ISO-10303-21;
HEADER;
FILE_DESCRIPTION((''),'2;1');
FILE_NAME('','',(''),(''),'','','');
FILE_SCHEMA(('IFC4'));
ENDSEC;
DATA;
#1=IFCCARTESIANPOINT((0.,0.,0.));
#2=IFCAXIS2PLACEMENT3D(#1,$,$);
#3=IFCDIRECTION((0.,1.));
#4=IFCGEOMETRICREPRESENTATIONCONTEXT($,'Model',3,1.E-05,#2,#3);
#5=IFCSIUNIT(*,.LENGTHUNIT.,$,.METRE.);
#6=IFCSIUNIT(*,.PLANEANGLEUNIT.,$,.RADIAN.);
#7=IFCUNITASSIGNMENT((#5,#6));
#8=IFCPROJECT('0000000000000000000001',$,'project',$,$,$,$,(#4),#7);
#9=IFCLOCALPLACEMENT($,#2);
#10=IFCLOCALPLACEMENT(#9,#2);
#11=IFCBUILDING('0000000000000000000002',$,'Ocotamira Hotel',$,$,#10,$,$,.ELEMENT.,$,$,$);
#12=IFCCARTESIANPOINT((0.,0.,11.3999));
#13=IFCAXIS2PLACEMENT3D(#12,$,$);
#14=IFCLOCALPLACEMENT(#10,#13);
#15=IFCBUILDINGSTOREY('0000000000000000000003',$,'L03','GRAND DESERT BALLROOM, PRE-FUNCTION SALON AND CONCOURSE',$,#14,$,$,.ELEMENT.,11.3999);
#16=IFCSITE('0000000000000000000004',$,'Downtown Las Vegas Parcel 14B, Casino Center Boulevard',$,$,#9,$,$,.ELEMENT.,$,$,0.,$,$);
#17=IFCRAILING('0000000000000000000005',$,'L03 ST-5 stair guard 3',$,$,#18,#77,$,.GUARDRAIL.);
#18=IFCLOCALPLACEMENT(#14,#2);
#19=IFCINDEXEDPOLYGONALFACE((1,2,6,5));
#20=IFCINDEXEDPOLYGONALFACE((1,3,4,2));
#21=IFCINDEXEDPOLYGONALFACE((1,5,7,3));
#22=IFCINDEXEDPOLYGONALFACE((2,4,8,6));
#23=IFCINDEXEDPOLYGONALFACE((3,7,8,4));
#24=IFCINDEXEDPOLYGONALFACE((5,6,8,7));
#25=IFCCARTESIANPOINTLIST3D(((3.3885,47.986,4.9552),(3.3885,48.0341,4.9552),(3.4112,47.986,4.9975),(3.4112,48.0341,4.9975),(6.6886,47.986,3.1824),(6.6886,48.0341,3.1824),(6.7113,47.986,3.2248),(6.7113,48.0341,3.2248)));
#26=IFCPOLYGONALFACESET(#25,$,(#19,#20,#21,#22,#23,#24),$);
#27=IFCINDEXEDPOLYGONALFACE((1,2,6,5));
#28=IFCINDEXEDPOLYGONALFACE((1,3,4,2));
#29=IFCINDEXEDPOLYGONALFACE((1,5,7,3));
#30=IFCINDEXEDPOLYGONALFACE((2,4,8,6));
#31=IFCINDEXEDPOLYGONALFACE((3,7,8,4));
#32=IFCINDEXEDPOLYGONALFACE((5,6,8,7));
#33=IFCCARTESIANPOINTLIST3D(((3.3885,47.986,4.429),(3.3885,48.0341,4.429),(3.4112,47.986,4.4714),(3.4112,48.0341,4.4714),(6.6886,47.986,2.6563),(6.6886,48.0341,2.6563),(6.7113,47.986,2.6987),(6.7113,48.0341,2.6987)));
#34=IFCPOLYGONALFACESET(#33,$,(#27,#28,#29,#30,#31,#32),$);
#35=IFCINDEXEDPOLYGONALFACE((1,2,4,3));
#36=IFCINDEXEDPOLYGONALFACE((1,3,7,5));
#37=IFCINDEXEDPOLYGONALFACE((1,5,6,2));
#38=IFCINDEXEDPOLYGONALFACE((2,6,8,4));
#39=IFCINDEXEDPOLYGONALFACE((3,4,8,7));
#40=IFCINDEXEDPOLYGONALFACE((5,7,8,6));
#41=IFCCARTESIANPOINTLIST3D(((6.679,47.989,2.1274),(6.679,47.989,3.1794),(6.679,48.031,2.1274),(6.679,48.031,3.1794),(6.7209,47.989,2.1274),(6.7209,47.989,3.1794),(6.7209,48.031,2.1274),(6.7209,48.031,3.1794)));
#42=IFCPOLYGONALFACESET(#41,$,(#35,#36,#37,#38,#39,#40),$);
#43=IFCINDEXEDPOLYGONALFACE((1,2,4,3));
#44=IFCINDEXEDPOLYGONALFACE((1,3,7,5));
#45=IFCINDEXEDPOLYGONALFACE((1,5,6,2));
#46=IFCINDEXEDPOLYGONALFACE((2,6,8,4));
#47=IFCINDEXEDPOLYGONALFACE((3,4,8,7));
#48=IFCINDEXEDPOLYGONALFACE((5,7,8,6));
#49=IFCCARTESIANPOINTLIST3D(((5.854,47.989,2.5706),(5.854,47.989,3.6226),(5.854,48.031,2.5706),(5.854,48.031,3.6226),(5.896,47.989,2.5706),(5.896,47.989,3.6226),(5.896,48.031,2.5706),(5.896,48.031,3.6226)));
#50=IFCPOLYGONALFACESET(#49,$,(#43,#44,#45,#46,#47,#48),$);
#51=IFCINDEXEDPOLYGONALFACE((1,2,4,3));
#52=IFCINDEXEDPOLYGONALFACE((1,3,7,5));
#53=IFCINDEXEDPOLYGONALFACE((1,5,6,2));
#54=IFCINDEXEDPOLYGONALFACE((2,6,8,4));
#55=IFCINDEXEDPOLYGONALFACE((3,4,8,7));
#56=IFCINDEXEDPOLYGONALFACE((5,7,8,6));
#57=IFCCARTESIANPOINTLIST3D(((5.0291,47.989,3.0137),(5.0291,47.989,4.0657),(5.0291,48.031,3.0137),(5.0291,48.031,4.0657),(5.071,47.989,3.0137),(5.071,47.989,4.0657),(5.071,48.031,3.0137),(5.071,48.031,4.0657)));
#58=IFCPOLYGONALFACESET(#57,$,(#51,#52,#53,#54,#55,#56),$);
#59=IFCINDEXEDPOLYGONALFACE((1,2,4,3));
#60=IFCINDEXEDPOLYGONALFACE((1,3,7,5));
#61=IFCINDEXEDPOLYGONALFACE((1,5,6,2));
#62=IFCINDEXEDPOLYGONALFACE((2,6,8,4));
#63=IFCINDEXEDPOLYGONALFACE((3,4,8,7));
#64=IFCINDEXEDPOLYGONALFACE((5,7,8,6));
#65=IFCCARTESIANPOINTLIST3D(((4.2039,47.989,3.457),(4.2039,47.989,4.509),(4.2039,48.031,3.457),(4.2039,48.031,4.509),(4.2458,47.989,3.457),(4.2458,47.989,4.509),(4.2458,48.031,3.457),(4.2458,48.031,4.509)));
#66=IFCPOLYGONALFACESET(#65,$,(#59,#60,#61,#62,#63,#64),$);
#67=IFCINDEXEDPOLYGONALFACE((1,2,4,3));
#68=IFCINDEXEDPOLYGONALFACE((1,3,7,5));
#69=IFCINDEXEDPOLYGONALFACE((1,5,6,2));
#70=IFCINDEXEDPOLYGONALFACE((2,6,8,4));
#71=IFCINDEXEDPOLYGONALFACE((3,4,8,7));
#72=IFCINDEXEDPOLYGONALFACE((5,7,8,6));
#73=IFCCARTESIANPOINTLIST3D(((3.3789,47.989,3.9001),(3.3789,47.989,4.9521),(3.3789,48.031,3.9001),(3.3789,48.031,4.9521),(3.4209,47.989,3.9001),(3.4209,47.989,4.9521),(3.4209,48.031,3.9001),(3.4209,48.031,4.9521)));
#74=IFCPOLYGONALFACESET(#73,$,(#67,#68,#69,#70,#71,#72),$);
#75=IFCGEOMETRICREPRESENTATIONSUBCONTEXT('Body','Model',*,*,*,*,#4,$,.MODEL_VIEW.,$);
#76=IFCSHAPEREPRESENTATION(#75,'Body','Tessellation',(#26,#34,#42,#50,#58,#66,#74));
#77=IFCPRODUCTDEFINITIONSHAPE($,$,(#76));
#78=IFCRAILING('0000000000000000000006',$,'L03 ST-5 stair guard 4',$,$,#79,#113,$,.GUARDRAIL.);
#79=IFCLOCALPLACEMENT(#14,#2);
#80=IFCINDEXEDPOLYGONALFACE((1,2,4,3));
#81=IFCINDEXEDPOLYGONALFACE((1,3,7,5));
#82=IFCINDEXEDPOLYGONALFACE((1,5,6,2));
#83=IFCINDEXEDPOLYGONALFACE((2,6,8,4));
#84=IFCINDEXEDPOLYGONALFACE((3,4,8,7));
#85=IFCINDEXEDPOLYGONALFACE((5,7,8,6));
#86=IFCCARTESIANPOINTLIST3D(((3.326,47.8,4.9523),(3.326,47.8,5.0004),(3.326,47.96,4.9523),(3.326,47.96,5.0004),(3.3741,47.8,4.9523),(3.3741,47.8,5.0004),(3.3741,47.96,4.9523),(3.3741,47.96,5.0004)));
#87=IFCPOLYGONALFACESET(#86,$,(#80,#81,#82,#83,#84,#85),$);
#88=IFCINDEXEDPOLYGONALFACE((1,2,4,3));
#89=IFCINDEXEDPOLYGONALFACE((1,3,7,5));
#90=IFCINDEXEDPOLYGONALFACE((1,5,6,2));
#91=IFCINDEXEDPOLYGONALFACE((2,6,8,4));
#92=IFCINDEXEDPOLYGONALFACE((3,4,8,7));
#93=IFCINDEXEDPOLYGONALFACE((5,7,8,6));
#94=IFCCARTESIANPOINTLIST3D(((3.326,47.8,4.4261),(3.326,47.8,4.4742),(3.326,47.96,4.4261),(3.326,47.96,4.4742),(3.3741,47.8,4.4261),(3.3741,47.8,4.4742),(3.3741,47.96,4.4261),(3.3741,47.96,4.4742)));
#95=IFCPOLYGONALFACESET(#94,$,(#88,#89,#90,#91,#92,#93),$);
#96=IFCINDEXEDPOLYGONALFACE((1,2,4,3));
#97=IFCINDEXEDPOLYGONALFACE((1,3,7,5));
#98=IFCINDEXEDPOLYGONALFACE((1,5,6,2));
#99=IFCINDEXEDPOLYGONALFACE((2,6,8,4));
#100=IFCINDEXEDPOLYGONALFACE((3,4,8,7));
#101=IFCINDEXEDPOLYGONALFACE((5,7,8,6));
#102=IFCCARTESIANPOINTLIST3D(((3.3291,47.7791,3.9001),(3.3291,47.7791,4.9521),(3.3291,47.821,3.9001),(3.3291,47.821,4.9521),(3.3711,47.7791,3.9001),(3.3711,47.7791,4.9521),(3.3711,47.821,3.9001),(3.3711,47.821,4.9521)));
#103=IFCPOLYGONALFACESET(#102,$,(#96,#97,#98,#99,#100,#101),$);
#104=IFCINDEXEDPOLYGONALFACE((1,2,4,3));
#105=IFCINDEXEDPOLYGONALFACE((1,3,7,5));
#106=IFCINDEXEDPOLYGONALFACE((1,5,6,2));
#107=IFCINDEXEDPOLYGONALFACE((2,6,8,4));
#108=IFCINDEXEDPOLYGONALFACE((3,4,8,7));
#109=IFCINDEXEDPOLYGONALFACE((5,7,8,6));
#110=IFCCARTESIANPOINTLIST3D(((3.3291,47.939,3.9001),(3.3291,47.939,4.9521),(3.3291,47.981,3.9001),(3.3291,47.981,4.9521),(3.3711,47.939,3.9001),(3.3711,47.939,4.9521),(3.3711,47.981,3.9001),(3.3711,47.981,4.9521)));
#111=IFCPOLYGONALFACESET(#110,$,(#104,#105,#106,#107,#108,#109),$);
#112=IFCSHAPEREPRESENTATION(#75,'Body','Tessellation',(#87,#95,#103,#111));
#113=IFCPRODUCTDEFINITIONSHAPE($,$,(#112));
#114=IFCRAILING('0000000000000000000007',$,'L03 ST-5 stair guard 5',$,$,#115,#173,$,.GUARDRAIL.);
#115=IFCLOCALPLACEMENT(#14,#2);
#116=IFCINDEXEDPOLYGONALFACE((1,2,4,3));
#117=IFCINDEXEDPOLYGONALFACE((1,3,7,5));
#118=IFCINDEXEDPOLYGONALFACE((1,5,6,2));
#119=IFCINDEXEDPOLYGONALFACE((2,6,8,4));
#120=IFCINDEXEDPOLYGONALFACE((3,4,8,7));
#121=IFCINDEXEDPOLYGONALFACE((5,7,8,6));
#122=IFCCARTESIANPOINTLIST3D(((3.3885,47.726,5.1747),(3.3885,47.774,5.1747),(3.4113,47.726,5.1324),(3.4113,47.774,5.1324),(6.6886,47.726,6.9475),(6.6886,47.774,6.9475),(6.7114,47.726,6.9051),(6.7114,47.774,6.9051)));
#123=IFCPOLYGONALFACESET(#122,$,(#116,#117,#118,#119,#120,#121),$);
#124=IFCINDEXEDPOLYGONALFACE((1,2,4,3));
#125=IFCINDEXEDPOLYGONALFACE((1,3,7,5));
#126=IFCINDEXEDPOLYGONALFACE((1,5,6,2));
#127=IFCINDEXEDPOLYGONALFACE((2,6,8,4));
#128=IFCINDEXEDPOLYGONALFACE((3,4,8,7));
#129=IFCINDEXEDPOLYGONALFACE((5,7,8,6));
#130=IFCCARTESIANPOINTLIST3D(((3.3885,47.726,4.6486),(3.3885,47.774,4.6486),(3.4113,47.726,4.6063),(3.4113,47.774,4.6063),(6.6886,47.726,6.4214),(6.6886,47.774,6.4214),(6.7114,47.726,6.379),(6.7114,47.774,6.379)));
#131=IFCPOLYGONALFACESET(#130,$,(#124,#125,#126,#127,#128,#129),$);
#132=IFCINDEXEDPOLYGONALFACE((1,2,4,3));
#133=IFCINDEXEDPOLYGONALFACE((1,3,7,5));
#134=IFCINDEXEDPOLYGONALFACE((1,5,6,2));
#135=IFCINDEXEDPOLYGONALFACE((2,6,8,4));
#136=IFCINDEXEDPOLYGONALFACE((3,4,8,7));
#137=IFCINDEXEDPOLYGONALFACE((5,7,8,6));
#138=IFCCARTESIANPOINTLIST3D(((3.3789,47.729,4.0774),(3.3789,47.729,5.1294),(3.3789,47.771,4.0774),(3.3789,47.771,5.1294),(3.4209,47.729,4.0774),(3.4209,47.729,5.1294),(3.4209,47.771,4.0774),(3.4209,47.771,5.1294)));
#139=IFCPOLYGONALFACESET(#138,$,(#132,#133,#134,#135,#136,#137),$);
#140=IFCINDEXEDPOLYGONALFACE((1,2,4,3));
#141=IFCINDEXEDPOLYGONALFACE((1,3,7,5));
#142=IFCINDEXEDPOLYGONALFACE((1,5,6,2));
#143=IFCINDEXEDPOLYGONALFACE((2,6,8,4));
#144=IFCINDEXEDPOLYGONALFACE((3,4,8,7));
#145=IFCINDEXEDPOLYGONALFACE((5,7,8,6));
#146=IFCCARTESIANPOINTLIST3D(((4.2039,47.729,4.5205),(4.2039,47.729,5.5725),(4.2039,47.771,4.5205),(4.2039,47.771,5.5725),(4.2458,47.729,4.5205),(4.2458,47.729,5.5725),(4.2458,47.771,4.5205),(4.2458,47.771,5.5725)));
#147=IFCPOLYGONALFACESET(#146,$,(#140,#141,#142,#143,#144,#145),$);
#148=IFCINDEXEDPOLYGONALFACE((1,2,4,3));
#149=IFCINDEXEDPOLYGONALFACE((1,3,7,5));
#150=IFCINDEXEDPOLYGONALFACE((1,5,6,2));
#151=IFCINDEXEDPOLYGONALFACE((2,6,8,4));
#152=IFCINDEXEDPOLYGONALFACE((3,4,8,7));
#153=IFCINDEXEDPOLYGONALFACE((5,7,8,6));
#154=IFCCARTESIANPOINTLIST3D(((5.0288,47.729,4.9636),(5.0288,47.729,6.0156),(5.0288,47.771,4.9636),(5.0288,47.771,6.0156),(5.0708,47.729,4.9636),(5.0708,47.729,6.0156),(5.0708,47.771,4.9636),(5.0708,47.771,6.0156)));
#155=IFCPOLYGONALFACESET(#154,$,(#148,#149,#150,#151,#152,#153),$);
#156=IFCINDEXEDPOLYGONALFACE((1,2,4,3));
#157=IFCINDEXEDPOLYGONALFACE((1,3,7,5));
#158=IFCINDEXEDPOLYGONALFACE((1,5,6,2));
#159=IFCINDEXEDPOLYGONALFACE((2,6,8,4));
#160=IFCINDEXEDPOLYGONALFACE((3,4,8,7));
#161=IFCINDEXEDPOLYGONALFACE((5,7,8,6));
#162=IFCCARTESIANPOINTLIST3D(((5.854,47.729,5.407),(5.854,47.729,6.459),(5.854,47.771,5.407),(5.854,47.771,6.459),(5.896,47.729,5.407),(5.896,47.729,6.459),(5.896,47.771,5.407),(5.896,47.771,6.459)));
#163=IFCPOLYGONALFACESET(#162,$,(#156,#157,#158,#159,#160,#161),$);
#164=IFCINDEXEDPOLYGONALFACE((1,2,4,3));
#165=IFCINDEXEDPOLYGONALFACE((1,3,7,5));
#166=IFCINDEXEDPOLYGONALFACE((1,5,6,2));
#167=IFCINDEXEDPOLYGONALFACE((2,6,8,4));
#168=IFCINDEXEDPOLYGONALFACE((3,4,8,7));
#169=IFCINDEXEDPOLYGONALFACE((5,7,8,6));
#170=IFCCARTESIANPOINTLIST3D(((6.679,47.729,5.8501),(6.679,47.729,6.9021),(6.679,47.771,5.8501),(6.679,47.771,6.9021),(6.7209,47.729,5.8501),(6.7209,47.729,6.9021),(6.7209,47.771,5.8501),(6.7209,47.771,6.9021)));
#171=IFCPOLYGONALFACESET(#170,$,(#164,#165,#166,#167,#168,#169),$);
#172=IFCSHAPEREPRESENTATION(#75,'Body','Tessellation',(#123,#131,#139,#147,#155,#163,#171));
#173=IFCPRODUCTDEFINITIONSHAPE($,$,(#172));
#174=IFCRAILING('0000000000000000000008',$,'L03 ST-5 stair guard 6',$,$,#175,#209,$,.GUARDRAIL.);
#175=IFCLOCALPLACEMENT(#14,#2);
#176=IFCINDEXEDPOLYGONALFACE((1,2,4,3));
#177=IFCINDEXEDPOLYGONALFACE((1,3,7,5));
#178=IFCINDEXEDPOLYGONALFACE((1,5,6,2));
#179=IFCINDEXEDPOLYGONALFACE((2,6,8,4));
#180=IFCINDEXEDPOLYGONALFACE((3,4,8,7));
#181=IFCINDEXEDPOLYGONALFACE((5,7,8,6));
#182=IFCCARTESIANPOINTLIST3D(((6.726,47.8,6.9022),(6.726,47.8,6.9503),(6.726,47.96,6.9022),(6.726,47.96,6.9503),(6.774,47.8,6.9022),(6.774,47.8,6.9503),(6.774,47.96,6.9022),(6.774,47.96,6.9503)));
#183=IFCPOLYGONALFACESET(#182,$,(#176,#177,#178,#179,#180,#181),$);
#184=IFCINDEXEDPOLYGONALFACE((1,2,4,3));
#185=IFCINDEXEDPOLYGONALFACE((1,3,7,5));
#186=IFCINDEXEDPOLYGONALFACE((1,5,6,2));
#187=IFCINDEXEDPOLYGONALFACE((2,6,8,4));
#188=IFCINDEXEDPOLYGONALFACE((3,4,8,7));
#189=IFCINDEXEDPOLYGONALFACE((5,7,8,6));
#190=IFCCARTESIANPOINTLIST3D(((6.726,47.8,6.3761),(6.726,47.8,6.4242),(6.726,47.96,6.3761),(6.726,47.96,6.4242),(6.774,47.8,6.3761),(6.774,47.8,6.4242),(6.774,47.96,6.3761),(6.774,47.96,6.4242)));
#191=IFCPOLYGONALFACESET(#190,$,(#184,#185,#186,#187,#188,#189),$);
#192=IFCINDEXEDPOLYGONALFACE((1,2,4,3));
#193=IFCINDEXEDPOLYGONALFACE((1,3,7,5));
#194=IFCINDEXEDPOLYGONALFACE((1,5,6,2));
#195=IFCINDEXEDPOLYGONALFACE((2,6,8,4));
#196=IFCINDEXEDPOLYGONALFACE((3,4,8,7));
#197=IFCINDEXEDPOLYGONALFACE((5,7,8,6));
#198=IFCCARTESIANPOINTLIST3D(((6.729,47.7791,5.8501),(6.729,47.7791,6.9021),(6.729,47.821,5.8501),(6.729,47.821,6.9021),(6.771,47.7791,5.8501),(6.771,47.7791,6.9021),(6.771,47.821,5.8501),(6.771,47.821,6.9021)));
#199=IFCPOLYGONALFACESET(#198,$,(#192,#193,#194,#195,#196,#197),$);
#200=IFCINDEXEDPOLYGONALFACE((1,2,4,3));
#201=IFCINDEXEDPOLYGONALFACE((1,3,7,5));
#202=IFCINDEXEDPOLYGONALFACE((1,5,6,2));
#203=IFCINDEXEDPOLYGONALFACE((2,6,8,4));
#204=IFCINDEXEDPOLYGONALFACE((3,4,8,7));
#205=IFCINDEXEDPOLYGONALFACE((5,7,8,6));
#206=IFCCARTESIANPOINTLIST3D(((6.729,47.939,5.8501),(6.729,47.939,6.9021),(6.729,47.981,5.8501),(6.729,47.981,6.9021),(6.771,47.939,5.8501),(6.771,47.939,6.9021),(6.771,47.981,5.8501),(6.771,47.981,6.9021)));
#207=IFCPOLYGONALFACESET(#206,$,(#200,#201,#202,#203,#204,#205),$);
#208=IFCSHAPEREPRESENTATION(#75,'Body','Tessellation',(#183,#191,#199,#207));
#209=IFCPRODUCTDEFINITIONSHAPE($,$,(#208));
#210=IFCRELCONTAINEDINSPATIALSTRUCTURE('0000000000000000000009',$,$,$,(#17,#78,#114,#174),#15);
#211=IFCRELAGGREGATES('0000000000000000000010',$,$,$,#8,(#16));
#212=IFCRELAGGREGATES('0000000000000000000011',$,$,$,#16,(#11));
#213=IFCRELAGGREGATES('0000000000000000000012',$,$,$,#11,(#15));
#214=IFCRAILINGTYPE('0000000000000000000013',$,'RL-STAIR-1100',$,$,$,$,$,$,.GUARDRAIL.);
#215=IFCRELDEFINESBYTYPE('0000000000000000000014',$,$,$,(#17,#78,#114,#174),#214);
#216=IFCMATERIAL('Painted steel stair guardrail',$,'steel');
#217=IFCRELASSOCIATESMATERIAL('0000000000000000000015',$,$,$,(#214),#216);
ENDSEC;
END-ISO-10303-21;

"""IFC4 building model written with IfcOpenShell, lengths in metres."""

from ifc_helpers import new_model, si_unit, direction, frame, origin, origin_2d, place, context, subcontext, project, spatial, rectangle, extrude, material, type_object, element, save


model = new_model("IFC4")

# Units and contexts
model_context = context("Model", 3, precision=1e-05, world=origin(), true_north=direction((0.0, 1.0)))
body_context = subcontext(model_context, "Body", "Model", "MODEL_VIEW")
ifc_project = project(units=[si_unit("LENGTHUNIT", "METRE"), si_unit("PLANEANGLEUNIT", "RADIAN")], contexts=[model_context])

# Site, building, storey
site_placement = place(None, origin())
site = spatial("IfcSite", under=ifc_project, at=site_placement, Name="Downtown Las Vegas Parcel 14B, Casino Center Boulevard", CompositionType="ELEMENT", RefElevation=0.0)
building_placement = place(site_placement, origin())
building = spatial("IfcBuilding", under=site, at=building_placement, Name="Ocotamira Hotel", CompositionType="ELEMENT")
storey_placement = place(building_placement, frame((0.0, 0.0, 11.3999)))
storey = spatial("IfcBuildingStorey", under=building, at=storey_placement, Name="L03", Description="GRAND DESERT BALLROOM, PRE-FUNCTION SALON AND CONCOURSE", CompositionType="ELEMENT", Elevation=11.3999)

# Railings
ifc_material_1 = material(Name="Painted steel stair guardrail", Category="steel")
railing_type_1 = type_object("IfcRailingType", Name="RL-STAIR-1100", PredefinedType="GUARDRAIL", material=ifc_material_1)
railing_1_placement = place(storey_placement, frame((6.7, 48.01, 2.1274)))
element("IfcRailing", 1, at=railing_1_placement, inside=storey, type_object=railing_type_1, Name="L03 ST-5 stair guard 3", PredefinedType="GUARDRAIL", context=body_context, shape_type="SweptSolid", body=[
    extrude(rectangle(XDim=0.0481, YDim=0.0481, at=origin_2d()), frame((0.0, 0.0, 1.0762), z_axis=(-0.880944, 0.0, 0.473221), x_axis=(0.0, -1.0, 0.0)), (0.0, 0.0, 1.0), 3.7461),
    extrude(rectangle(XDim=0.0481, YDim=0.0481, at=origin_2d()), frame((0.0, 0.0, 0.55), z_axis=(-0.880944, 0.0, 0.473221), x_axis=(0.0, -1.0, 0.0)), (0.0, 0.0, 1.0), 3.7461),
    extrude(rectangle(XDim=0.042, YDim=0.042, at=origin_2d()), origin(), (0.0, 0.0, 1.0), 1.052),
    extrude(rectangle(XDim=0.042, YDim=0.042, at=origin_2d()), frame((-0.825, 0.0, 0.4431)), (0.0, 0.0, 1.0), 1.052),
    extrude(rectangle(XDim=0.042, YDim=0.042, at=origin_2d()), frame((-1.6499, 0.0, 0.8862)), (0.0, 0.0, 1.0), 1.052),
    extrude(rectangle(XDim=0.042, YDim=0.042, at=origin_2d()), frame((-2.4751, 0.0, 1.3296)), (0.0, 0.0, 1.0), 1.052),
    extrude(rectangle(XDim=0.042, YDim=0.042, at=origin_2d()), frame((-3.3, 0.0, 1.7727)), (0.0, 0.0, 1.0), 1.052),
])
railing_2_placement = place(storey_placement, frame((3.3501, 47.8, 3.9001)))
element("IfcRailing", 2, at=railing_2_placement, inside=storey, type_object=railing_type_1, Name="L03 ST-5 stair guard 4", PredefinedType="GUARDRAIL", context=body_context, shape_type="SweptSolid", body=[
    extrude(rectangle(XDim=0.0481, YDim=0.0481, at=origin_2d()), frame((0.0, 0.0, 1.0762), z_axis=(0.0, 1.0, 0.0), x_axis=(-1.0, 0.0, 0.0)), (0.0, 0.0, 1.0), 0.1599),
    extrude(rectangle(XDim=0.0481, YDim=0.0481, at=origin_2d()), frame((0.0, 0.0, 0.55), z_axis=(0.0, 1.0, 0.0), x_axis=(-1.0, 0.0, 0.0)), (0.0, 0.0, 1.0), 0.1599),
    extrude(rectangle(XDim=0.042, YDim=0.042, at=origin_2d()), origin(), (0.0, 0.0, 1.0), 1.052),
    extrude(rectangle(XDim=0.042, YDim=0.042, at=origin_2d()), frame((0.0, 0.1599, 0.0)), (0.0, 0.0, 1.0), 1.052),
])
railing_3_placement = place(storey_placement, frame((3.3999, 47.75, 4.0774)))
element("IfcRailing", 3, at=railing_3_placement, inside=storey, type_object=railing_type_1, Name="L03 ST-5 stair guard 5", PredefinedType="GUARDRAIL", context=body_context, shape_type="SweptSolid", body=[
    extrude(rectangle(XDim=0.0481, YDim=0.0481, at=origin_2d()), frame((0.0, 0.0, 1.0762), z_axis=(0.880944, 0.0, 0.473221), x_axis=(0.0, 1.0, 0.0)), (0.0, 0.0, 1.0), 3.7461),
    extrude(rectangle(XDim=0.0481, YDim=0.0481, at=origin_2d()), frame((0.0, 0.0, 0.55), z_axis=(0.880944, 0.0, 0.473221), x_axis=(0.0, 1.0, 0.0)), (0.0, 0.0, 1.0), 3.7461),
    extrude(rectangle(XDim=0.042, YDim=0.042, at=origin_2d()), origin(), (0.0, 0.0, 1.0), 1.052),
    extrude(rectangle(XDim=0.042, YDim=0.042, at=origin_2d()), frame((0.825, 0.0, 0.4431)), (0.0, 0.0, 1.0), 1.052),
    extrude(rectangle(XDim=0.042, YDim=0.042, at=origin_2d()), frame((1.6499, 0.0, 0.8862)), (0.0, 0.0, 1.0), 1.052),
    extrude(rectangle(XDim=0.042, YDim=0.042, at=origin_2d()), frame((2.4751, 0.0, 1.3296)), (0.0, 0.0, 1.0), 1.052),
    extrude(rectangle(XDim=0.042, YDim=0.042, at=origin_2d()), frame((3.3, 0.0, 1.7727)), (0.0, 0.0, 1.0), 1.052),
])
railing_4_placement = place(storey_placement, frame((6.75, 47.8, 5.8501)))
element("IfcRailing", 4, at=railing_4_placement, inside=storey, type_object=railing_type_1, Name="L03 ST-5 stair guard 6", PredefinedType="GUARDRAIL", context=body_context, shape_type="SweptSolid", body=[
    extrude(rectangle(XDim=0.0481, YDim=0.0481, at=origin_2d()), frame((0.0, 0.0, 1.0762), z_axis=(0.0, 1.0, 0.0), x_axis=(-1.0, 0.0, 0.0)), (0.0, 0.0, 1.0), 0.1599),
    extrude(rectangle(XDim=0.0481, YDim=0.0481, at=origin_2d()), frame((0.0, 0.0, 0.55), z_axis=(0.0, 1.0, 0.0), x_axis=(-1.0, 0.0, 0.0)), (0.0, 0.0, 1.0), 0.1599),
    extrude(rectangle(XDim=0.042, YDim=0.042, at=origin_2d()), origin(), (0.0, 0.0, 1.0), 1.052),
    extrude(rectangle(XDim=0.042, YDim=0.042, at=origin_2d()), frame((0.0, 0.1599, 0.0)), (0.0, 0.0, 1.0), 1.052),
])

save(model, "model.ifc")
